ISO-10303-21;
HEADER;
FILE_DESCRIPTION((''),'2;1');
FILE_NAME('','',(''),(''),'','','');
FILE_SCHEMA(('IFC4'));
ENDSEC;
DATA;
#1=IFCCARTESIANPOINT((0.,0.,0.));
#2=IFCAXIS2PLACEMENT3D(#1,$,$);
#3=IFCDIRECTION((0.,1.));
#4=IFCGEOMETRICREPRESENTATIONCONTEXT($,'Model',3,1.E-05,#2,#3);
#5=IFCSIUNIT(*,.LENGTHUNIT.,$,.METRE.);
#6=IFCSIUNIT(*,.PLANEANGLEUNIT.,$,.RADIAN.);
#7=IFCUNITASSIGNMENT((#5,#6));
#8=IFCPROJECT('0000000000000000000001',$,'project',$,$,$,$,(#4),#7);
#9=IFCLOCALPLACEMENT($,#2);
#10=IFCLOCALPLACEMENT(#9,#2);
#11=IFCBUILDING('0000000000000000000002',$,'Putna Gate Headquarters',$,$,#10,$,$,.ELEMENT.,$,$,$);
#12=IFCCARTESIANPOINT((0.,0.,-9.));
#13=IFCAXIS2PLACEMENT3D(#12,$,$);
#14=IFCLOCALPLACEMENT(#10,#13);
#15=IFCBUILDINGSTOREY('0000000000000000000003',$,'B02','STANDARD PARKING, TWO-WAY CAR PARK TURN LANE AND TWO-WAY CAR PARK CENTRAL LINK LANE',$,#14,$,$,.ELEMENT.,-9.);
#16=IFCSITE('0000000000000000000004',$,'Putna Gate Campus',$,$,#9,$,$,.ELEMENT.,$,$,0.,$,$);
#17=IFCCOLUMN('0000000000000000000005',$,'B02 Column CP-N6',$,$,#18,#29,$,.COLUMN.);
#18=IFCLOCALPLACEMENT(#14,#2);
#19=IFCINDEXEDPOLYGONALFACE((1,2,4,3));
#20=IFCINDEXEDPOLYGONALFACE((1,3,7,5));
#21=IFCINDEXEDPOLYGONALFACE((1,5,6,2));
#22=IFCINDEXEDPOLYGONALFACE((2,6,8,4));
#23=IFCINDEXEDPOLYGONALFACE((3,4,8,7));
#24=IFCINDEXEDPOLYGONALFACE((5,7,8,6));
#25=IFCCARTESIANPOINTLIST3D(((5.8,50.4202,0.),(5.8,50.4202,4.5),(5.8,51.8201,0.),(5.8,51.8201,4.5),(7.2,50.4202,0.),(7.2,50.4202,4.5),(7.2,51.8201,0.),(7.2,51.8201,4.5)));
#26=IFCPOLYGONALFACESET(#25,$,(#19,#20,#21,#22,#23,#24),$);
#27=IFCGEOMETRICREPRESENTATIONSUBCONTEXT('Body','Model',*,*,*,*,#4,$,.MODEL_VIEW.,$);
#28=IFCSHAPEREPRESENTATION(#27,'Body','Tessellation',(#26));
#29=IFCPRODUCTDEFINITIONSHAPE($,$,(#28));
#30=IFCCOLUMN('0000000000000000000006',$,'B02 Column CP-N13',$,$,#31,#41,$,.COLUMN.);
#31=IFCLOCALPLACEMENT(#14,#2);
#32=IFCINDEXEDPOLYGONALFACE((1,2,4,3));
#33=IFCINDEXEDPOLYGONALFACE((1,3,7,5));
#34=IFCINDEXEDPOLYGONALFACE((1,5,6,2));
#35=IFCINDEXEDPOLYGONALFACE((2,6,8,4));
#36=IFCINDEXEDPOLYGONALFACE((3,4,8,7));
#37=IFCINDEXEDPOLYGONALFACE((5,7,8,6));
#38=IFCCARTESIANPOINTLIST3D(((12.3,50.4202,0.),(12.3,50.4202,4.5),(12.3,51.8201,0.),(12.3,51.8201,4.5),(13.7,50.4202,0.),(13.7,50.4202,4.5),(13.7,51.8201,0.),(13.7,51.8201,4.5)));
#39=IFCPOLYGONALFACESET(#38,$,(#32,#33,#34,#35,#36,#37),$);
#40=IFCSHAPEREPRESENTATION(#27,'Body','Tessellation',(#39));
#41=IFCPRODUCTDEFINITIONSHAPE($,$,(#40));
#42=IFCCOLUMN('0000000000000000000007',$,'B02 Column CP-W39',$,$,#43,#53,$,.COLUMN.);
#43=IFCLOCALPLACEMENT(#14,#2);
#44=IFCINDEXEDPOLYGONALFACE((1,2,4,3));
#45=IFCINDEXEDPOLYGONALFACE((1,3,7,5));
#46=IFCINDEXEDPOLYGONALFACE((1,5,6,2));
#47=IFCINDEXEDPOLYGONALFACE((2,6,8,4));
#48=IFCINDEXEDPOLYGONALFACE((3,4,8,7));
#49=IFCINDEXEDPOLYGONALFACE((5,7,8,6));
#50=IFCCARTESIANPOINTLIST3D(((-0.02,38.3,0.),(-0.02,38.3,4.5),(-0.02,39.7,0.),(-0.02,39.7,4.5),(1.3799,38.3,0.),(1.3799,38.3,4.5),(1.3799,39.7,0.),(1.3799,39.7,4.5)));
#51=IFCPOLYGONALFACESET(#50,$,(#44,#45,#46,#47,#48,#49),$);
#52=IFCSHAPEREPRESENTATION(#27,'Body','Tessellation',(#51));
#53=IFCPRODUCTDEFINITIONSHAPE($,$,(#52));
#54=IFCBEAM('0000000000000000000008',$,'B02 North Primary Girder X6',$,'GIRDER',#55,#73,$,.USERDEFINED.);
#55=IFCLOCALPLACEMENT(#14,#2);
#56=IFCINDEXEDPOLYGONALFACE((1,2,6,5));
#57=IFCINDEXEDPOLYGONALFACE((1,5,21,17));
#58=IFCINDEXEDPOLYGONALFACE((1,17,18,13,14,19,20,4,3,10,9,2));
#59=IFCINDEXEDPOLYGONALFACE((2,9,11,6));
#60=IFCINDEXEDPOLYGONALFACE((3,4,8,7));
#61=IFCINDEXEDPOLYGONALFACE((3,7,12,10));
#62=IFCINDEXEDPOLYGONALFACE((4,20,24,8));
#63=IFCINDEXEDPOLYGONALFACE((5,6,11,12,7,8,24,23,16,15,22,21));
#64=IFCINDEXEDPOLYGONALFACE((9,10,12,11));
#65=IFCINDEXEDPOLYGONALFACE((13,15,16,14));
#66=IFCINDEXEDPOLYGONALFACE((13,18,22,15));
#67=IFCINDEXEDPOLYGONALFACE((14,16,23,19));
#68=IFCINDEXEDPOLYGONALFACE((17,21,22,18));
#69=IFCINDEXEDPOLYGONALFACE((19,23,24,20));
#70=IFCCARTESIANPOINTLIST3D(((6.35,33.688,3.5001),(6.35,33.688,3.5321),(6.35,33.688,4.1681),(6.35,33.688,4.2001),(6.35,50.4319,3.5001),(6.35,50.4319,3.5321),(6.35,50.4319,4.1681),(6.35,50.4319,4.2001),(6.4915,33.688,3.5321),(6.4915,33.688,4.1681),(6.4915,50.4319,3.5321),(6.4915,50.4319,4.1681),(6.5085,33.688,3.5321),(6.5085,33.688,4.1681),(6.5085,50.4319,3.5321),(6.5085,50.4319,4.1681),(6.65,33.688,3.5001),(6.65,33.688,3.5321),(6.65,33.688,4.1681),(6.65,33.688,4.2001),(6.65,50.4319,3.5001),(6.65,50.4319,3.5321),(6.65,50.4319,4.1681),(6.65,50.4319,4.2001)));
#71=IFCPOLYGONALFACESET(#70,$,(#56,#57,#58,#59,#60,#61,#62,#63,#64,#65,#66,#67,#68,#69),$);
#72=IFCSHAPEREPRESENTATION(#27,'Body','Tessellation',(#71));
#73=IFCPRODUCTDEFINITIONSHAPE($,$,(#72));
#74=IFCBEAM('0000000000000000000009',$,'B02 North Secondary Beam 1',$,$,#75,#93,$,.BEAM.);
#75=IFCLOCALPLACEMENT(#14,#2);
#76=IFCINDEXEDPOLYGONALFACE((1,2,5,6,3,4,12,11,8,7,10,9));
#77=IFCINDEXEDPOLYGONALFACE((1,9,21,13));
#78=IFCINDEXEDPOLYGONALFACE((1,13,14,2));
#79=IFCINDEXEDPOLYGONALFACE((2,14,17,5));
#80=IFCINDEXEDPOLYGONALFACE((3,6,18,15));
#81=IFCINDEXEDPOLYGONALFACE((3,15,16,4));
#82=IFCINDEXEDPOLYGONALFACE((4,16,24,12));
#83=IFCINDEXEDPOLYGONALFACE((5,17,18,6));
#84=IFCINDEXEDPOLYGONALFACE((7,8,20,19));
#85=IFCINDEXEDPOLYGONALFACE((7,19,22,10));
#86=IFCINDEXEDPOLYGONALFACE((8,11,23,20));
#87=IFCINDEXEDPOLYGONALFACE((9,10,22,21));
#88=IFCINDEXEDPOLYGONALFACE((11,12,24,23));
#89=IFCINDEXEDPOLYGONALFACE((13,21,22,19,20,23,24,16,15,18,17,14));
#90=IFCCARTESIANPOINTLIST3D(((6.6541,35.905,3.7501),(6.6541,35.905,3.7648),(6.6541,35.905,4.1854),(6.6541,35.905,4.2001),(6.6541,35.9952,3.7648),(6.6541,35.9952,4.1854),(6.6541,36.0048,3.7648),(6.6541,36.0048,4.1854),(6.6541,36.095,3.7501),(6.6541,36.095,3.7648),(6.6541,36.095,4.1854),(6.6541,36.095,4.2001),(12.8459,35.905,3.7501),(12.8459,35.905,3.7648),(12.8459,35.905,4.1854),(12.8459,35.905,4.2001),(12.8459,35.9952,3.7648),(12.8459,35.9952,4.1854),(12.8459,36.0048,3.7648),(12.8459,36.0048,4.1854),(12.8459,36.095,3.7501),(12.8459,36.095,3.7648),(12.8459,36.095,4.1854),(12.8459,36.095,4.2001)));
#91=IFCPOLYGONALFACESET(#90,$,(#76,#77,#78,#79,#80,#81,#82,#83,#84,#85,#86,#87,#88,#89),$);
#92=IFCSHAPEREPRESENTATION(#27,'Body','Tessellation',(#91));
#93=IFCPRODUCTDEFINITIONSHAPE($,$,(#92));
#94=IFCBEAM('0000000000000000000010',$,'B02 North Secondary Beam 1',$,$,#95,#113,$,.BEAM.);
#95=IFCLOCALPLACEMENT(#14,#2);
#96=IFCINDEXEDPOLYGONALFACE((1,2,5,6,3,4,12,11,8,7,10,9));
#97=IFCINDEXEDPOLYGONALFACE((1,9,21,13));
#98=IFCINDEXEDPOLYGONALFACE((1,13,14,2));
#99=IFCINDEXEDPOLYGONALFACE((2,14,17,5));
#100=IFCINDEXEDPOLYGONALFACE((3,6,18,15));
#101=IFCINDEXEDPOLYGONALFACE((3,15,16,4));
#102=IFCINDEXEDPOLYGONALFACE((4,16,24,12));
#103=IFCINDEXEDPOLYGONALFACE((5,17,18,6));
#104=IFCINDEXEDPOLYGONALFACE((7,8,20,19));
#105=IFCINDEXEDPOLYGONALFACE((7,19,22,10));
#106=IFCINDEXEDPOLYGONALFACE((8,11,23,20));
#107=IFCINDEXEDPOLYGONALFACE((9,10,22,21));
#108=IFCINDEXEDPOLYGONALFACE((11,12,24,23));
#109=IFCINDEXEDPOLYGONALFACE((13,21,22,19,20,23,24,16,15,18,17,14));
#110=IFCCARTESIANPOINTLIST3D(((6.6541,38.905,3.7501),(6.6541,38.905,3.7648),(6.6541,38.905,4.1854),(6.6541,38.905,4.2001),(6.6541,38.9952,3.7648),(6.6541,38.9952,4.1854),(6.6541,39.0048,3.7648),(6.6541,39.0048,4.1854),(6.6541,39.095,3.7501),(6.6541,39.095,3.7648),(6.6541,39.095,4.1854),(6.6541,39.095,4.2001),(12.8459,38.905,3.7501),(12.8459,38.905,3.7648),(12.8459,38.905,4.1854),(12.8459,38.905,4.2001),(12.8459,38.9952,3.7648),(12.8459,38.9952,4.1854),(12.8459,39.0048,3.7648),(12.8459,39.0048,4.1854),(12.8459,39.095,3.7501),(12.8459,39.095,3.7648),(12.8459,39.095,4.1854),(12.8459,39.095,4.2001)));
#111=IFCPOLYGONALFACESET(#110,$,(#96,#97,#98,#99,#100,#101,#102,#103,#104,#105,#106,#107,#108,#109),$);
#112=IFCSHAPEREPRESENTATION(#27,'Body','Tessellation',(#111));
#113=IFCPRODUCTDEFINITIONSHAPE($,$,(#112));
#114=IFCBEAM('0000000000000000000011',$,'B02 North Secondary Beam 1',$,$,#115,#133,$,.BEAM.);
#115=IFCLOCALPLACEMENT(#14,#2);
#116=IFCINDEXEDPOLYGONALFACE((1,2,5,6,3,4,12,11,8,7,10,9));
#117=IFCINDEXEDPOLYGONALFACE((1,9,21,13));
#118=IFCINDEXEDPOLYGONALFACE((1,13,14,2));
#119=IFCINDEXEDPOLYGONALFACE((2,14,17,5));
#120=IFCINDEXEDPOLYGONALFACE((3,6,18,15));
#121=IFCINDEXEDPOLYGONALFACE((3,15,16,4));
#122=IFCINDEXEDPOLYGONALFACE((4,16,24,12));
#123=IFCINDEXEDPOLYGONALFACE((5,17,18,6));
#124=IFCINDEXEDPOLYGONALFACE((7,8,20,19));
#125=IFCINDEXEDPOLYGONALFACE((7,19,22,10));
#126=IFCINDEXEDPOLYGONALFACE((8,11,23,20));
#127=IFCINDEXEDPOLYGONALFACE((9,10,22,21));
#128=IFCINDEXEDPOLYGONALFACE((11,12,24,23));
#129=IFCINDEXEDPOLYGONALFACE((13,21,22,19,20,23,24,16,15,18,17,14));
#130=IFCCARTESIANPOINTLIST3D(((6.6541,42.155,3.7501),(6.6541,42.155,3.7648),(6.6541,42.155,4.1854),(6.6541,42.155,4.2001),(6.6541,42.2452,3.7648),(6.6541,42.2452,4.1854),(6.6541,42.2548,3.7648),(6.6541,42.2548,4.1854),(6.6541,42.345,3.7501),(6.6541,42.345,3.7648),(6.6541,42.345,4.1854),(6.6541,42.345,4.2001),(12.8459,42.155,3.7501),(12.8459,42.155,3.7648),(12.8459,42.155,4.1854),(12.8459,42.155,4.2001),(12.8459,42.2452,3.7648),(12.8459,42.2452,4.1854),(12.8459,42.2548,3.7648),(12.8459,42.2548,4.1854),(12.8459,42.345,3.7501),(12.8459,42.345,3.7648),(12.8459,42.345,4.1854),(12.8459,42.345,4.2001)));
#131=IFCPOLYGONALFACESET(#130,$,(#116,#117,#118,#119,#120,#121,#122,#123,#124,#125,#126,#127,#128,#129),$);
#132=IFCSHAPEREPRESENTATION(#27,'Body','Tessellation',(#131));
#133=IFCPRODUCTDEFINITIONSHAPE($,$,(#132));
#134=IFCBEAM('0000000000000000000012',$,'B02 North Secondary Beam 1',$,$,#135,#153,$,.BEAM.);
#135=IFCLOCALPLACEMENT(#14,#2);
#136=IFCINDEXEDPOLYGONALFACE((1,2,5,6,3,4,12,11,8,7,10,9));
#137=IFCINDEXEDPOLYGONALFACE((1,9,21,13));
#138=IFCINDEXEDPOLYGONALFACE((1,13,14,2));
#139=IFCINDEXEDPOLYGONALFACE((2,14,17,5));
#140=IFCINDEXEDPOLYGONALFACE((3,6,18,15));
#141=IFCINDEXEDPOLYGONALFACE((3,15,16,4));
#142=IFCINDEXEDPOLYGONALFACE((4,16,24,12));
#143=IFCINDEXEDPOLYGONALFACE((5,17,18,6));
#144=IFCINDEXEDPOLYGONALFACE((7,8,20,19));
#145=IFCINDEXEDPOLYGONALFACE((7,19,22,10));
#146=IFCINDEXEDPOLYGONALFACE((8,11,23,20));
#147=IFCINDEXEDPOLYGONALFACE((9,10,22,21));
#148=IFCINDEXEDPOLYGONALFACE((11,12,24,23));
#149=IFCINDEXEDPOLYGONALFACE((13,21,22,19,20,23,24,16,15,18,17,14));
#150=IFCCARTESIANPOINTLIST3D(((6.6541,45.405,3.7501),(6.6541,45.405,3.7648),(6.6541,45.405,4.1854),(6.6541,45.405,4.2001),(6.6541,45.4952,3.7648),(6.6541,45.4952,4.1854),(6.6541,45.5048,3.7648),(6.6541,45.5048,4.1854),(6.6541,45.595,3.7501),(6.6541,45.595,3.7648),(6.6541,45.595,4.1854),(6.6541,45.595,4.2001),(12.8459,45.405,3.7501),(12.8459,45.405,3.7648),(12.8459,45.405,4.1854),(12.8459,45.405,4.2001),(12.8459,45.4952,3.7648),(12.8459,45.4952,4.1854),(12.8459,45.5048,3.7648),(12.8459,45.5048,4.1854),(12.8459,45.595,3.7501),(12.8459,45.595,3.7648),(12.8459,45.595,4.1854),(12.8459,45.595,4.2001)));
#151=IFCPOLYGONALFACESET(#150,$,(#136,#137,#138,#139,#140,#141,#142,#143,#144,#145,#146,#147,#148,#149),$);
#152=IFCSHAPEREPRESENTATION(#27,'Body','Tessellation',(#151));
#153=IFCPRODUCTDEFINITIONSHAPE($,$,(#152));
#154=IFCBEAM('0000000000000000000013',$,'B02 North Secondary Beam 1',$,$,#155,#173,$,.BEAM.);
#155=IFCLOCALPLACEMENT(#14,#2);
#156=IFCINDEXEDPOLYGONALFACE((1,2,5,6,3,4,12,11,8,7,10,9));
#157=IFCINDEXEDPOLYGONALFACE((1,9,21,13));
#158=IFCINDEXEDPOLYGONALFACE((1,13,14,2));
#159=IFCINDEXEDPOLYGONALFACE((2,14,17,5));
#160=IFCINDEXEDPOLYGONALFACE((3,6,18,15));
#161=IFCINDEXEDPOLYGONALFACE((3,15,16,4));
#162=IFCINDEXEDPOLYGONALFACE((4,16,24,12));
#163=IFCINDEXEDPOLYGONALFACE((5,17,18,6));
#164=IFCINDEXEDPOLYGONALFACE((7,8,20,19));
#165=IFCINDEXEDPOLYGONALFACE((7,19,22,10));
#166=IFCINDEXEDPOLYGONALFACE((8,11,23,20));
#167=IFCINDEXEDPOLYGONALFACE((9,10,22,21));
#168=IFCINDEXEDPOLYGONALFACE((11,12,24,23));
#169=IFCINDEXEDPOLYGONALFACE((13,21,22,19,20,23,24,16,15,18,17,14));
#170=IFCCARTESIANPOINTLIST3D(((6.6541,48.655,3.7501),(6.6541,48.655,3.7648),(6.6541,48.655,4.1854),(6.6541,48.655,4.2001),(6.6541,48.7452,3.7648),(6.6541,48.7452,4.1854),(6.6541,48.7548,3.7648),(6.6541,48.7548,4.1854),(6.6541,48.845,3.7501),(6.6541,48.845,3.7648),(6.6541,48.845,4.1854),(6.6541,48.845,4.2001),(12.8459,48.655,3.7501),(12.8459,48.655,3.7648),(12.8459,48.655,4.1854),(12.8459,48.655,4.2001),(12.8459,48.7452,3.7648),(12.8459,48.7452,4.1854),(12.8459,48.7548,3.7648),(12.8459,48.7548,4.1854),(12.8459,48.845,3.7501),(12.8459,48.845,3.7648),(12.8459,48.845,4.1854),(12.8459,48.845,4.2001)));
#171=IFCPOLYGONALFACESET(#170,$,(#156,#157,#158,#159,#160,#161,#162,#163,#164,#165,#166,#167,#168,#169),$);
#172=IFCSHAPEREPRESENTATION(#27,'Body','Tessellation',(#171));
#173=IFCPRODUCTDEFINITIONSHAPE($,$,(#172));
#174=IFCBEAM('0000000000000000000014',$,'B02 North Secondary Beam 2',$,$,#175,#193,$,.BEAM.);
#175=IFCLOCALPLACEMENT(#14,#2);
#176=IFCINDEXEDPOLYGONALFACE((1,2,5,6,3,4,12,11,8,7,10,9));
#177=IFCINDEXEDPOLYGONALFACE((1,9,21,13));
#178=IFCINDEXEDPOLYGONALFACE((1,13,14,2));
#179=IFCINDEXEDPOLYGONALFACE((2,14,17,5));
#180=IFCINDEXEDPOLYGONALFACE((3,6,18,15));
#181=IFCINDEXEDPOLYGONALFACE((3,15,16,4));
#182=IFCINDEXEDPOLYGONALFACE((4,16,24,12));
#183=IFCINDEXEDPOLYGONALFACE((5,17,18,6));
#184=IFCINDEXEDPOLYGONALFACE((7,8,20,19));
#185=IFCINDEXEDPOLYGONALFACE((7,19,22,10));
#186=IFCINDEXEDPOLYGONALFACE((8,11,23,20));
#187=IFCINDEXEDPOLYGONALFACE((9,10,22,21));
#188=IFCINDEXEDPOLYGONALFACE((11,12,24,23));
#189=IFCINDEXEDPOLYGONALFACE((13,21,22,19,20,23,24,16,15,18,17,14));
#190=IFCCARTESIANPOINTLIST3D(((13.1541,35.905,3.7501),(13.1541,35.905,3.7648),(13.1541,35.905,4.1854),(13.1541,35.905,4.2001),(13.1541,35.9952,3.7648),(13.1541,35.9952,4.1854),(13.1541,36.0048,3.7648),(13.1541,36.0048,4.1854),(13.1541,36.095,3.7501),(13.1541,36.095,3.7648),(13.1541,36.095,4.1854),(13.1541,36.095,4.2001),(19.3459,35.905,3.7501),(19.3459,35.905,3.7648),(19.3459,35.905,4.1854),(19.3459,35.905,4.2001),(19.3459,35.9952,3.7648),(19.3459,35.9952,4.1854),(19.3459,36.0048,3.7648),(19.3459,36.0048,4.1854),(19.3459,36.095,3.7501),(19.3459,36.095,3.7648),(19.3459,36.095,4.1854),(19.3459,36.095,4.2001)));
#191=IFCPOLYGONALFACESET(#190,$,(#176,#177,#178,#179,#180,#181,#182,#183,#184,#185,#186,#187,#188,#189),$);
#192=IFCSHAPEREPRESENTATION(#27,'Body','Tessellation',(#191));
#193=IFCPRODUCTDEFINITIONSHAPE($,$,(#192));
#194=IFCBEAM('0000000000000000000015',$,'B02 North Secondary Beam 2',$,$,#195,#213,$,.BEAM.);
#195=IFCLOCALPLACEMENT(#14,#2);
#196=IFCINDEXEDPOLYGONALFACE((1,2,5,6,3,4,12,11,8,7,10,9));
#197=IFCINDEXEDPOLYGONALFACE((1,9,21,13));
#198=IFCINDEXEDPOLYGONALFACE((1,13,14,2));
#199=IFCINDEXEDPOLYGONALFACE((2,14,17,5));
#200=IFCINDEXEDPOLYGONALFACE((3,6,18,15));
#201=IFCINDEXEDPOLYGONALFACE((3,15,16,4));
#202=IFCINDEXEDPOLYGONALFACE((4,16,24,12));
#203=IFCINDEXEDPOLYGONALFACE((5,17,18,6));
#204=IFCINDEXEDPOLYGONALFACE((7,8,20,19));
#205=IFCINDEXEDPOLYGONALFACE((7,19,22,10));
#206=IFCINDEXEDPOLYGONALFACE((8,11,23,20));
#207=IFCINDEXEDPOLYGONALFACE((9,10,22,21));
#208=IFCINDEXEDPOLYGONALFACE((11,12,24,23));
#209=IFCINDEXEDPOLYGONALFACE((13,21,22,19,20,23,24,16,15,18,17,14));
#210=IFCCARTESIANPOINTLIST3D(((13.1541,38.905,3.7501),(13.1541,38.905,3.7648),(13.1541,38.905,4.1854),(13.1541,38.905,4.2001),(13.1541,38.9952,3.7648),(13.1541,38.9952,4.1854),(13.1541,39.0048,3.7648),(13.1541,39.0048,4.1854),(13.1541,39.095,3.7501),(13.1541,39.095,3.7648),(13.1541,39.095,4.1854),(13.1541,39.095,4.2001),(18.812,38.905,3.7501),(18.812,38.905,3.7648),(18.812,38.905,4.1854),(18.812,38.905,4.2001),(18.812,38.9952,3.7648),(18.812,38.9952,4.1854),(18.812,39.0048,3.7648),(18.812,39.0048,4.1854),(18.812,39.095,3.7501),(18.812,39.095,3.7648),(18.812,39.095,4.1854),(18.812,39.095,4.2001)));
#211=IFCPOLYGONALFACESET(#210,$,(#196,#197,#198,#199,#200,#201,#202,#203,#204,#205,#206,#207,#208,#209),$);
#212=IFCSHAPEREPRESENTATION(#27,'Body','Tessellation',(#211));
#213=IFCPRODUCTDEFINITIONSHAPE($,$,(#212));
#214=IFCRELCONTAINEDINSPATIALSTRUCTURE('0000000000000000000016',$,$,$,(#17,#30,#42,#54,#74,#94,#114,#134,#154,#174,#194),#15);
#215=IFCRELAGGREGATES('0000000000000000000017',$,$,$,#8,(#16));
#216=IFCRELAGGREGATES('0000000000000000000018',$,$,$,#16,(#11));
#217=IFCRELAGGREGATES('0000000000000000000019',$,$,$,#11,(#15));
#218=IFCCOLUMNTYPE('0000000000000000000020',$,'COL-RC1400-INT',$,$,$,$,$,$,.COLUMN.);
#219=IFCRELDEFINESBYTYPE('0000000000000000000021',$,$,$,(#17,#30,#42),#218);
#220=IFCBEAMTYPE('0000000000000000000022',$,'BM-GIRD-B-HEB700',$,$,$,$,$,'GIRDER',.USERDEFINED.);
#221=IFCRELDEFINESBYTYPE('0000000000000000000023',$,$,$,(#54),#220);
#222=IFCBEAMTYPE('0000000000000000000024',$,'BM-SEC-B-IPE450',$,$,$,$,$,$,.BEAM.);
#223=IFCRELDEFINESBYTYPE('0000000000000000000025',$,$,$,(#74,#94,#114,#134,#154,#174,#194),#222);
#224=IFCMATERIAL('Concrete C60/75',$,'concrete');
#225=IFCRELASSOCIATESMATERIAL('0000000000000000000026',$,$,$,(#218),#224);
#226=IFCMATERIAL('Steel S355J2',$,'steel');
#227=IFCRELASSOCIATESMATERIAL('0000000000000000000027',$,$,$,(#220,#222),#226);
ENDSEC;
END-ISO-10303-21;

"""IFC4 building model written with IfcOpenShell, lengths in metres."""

from ifc_helpers import new_model, si_unit, direction, frame, origin, origin_2d, place, context, subcontext, project, spatial, rectangle, i_section, extrude, material, material_profile, profile_set, type_object, element, save


model = new_model("IFC4")

# Units and contexts
model_context = context("Model", 3, precision=1e-05, world=origin(), true_north=direction((0.0, 1.0)))
body_context = subcontext(model_context, "Body", "Model", "MODEL_VIEW")
ifc_project = project(units=[si_unit("LENGTHUNIT", "METRE"), si_unit("PLANEANGLEUNIT", "RADIAN")], contexts=[model_context])

# Site, building, storey
site_placement = place(None, origin())
site = spatial("IfcSite", under=ifc_project, at=site_placement, Name="Putna Gate Campus", CompositionType="ELEMENT", RefElevation=0.0)
building_placement = place(site_placement, origin())
building = spatial("IfcBuilding", under=site, at=building_placement, Name="Putna Gate Headquarters", CompositionType="ELEMENT")
storey_placement = place(building_placement, frame((0.0, 0.0, -9.0)))
storey = spatial("IfcBuildingStorey", under=building, at=storey_placement, Name="B02", Description="STANDARD PARKING, TWO-WAY CAR PARK TURN LANE AND TWO-WAY CAR PARK CENTRAL LINK LANE", CompositionType="ELEMENT", Elevation=-9.0)

# Columns
ifc_material_1 = material(Name="Concrete C60/75", Category="concrete")
ifc_material_profile_1 = material_profile(ifc_material_1, rectangle(XDim=1.3999, YDim=1.3999, at=origin_2d()), Name="Concrete C60/75")
ifc_profile_set_1 = profile_set([ifc_material_profile_1], Name="Concrete C60/75")
column_type = type_object("IfcColumnType", Name="COL-RC1400-INT", PredefinedType="COLUMN", material=ifc_profile_set_1)
for number, where, z_axis, x_axis, name in (
    (1, (6.5, 51.1201, 0.0), (0.0, 0.0, 1.0), (1.0, 0.0, 0.0), "B02 Column CP-N6"),
    (2, (13.0, 51.1201, 0.0), (0.0, 0.0, 1.0), (1.0, 0.0, 0.0), "B02 Column CP-N13"),
    (3, (0.6799, 39.0, 0.0), (0.0, 0.0, 1.0), (1.0, 0.0, 0.0), "B02 Column CP-W39"),
):
    element("IfcColumn", number, at=place(storey_placement, frame(where, z_axis=z_axis, x_axis=x_axis)), inside=storey, type_object=column_type, Name=name, PredefinedType="COLUMN", context=body_context, shape_type="SweptSolid", body=[
        extrude(rectangle(XDim=1.3999, YDim=1.3999, at=origin_2d()), origin(), (0.0, 0.0, 1.0), 4.5),
    ])

# Beams
ifc_material_2 = material(Name="Steel S355J2", Category="steel")
ifc_material_profile_2 = material_profile(ifc_material_2, i_section(OverallWidth=0.3, OverallDepth=0.7, WebThickness=0.0171, FlangeThickness=0.032, at=origin_2d()), Name="Steel S355J2")
ifc_profile_set_2 = profile_set([ifc_material_profile_2], Name="Steel S355J2")
beam_type_1 = type_object("IfcBeamType", Name="BM-GIRD-B-HEB700", ElementType="GIRDER", PredefinedType="USERDEFINED", material=ifc_profile_set_2)
beam_1_placement = place(storey_placement, frame((6.5, 33.688, 3.8501), z_axis=(0.0, 1.0, 0.0), x_axis=(-1.0, 0.0, 0.0)))
element("IfcBeam", 4, at=beam_1_placement, inside=storey, type_object=beam_type_1, Name="B02 North Primary Girder X6", ObjectType="GIRDER", PredefinedType="USERDEFINED", context=body_context, shape_type="SweptSolid", body=[
    extrude(i_section(OverallWidth=0.3, OverallDepth=0.7, WebThickness=0.0171, FlangeThickness=0.032, at=origin_2d()), origin(), (0.0, 0.0, 1.0), 16.7439),
])
ifc_material_profile_3 = material_profile(ifc_material_2, i_section(OverallWidth=0.1899, OverallDepth=0.45, WebThickness=0.0095, FlangeThickness=0.0146, at=origin_2d()), Name="Steel S355J2")
ifc_profile_set_3 = profile_set([ifc_material_profile_3], Name="Steel S355J2")
beam_type_2 = type_object("IfcBeamType", Name="BM-SEC-B-IPE450", PredefinedType="BEAM", material=ifc_profile_set_3)
for number, where, z_axis, x_axis, name in (
    (5, (6.6541, 36.0, 3.9751), (1.0, 0.0, 0.0), (0.0, 1.0, 0.0), "B02 North Secondary Beam 1"),
    (6, (6.6541, 39.0, 3.9751), (1.0, 0.0, 0.0), (0.0, 1.0, 0.0), "B02 North Secondary Beam 1"),
    (7, (6.6541, 42.25, 3.9751), (1.0, 0.0, 0.0), (0.0, 1.0, 0.0), "B02 North Secondary Beam 1"),
    (8, (6.6541, 45.5, 3.9751), (1.0, 0.0, 0.0), (0.0, 1.0, 0.0), "B02 North Secondary Beam 1"),
    (9, (6.6541, 48.75, 3.9751), (1.0, 0.0, 0.0), (0.0, 1.0, 0.0), "B02 North Secondary Beam 1"),
    (10, (13.1541, 36.0, 3.9751), (1.0, 0.0, 0.0), (0.0, 1.0, 0.0), "B02 North Secondary Beam 2"),
):
    element("IfcBeam", number, at=place(storey_placement, frame(where, z_axis=z_axis, x_axis=x_axis)), inside=storey, type_object=beam_type_2, Name=name, PredefinedType="BEAM", context=body_context, shape_type="SweptSolid", body=[
        extrude(i_section(OverallWidth=0.1899, OverallDepth=0.45, WebThickness=0.0095, FlangeThickness=0.0146, at=origin_2d()), origin(), (0.0, 0.0, 1.0), 6.1919),
    ])
beam_2_placement = place(storey_placement, frame((13.1541, 39.0, 3.9751), z_axis=(1.0, 0.0, 0.0), x_axis=(0.0, 1.0, 0.0)))
element("IfcBeam", 11, at=beam_2_placement, inside=storey, type_object=beam_type_2, Name="B02 North Secondary Beam 2", PredefinedType="BEAM", context=body_context, shape_type="SweptSolid", body=[
    extrude(i_section(OverallWidth=0.1899, OverallDepth=0.45, WebThickness=0.0095, FlangeThickness=0.0146, at=origin_2d()), origin(), (0.0, 0.0, 1.0), 5.658),
])

save(model, "model.ifc")
